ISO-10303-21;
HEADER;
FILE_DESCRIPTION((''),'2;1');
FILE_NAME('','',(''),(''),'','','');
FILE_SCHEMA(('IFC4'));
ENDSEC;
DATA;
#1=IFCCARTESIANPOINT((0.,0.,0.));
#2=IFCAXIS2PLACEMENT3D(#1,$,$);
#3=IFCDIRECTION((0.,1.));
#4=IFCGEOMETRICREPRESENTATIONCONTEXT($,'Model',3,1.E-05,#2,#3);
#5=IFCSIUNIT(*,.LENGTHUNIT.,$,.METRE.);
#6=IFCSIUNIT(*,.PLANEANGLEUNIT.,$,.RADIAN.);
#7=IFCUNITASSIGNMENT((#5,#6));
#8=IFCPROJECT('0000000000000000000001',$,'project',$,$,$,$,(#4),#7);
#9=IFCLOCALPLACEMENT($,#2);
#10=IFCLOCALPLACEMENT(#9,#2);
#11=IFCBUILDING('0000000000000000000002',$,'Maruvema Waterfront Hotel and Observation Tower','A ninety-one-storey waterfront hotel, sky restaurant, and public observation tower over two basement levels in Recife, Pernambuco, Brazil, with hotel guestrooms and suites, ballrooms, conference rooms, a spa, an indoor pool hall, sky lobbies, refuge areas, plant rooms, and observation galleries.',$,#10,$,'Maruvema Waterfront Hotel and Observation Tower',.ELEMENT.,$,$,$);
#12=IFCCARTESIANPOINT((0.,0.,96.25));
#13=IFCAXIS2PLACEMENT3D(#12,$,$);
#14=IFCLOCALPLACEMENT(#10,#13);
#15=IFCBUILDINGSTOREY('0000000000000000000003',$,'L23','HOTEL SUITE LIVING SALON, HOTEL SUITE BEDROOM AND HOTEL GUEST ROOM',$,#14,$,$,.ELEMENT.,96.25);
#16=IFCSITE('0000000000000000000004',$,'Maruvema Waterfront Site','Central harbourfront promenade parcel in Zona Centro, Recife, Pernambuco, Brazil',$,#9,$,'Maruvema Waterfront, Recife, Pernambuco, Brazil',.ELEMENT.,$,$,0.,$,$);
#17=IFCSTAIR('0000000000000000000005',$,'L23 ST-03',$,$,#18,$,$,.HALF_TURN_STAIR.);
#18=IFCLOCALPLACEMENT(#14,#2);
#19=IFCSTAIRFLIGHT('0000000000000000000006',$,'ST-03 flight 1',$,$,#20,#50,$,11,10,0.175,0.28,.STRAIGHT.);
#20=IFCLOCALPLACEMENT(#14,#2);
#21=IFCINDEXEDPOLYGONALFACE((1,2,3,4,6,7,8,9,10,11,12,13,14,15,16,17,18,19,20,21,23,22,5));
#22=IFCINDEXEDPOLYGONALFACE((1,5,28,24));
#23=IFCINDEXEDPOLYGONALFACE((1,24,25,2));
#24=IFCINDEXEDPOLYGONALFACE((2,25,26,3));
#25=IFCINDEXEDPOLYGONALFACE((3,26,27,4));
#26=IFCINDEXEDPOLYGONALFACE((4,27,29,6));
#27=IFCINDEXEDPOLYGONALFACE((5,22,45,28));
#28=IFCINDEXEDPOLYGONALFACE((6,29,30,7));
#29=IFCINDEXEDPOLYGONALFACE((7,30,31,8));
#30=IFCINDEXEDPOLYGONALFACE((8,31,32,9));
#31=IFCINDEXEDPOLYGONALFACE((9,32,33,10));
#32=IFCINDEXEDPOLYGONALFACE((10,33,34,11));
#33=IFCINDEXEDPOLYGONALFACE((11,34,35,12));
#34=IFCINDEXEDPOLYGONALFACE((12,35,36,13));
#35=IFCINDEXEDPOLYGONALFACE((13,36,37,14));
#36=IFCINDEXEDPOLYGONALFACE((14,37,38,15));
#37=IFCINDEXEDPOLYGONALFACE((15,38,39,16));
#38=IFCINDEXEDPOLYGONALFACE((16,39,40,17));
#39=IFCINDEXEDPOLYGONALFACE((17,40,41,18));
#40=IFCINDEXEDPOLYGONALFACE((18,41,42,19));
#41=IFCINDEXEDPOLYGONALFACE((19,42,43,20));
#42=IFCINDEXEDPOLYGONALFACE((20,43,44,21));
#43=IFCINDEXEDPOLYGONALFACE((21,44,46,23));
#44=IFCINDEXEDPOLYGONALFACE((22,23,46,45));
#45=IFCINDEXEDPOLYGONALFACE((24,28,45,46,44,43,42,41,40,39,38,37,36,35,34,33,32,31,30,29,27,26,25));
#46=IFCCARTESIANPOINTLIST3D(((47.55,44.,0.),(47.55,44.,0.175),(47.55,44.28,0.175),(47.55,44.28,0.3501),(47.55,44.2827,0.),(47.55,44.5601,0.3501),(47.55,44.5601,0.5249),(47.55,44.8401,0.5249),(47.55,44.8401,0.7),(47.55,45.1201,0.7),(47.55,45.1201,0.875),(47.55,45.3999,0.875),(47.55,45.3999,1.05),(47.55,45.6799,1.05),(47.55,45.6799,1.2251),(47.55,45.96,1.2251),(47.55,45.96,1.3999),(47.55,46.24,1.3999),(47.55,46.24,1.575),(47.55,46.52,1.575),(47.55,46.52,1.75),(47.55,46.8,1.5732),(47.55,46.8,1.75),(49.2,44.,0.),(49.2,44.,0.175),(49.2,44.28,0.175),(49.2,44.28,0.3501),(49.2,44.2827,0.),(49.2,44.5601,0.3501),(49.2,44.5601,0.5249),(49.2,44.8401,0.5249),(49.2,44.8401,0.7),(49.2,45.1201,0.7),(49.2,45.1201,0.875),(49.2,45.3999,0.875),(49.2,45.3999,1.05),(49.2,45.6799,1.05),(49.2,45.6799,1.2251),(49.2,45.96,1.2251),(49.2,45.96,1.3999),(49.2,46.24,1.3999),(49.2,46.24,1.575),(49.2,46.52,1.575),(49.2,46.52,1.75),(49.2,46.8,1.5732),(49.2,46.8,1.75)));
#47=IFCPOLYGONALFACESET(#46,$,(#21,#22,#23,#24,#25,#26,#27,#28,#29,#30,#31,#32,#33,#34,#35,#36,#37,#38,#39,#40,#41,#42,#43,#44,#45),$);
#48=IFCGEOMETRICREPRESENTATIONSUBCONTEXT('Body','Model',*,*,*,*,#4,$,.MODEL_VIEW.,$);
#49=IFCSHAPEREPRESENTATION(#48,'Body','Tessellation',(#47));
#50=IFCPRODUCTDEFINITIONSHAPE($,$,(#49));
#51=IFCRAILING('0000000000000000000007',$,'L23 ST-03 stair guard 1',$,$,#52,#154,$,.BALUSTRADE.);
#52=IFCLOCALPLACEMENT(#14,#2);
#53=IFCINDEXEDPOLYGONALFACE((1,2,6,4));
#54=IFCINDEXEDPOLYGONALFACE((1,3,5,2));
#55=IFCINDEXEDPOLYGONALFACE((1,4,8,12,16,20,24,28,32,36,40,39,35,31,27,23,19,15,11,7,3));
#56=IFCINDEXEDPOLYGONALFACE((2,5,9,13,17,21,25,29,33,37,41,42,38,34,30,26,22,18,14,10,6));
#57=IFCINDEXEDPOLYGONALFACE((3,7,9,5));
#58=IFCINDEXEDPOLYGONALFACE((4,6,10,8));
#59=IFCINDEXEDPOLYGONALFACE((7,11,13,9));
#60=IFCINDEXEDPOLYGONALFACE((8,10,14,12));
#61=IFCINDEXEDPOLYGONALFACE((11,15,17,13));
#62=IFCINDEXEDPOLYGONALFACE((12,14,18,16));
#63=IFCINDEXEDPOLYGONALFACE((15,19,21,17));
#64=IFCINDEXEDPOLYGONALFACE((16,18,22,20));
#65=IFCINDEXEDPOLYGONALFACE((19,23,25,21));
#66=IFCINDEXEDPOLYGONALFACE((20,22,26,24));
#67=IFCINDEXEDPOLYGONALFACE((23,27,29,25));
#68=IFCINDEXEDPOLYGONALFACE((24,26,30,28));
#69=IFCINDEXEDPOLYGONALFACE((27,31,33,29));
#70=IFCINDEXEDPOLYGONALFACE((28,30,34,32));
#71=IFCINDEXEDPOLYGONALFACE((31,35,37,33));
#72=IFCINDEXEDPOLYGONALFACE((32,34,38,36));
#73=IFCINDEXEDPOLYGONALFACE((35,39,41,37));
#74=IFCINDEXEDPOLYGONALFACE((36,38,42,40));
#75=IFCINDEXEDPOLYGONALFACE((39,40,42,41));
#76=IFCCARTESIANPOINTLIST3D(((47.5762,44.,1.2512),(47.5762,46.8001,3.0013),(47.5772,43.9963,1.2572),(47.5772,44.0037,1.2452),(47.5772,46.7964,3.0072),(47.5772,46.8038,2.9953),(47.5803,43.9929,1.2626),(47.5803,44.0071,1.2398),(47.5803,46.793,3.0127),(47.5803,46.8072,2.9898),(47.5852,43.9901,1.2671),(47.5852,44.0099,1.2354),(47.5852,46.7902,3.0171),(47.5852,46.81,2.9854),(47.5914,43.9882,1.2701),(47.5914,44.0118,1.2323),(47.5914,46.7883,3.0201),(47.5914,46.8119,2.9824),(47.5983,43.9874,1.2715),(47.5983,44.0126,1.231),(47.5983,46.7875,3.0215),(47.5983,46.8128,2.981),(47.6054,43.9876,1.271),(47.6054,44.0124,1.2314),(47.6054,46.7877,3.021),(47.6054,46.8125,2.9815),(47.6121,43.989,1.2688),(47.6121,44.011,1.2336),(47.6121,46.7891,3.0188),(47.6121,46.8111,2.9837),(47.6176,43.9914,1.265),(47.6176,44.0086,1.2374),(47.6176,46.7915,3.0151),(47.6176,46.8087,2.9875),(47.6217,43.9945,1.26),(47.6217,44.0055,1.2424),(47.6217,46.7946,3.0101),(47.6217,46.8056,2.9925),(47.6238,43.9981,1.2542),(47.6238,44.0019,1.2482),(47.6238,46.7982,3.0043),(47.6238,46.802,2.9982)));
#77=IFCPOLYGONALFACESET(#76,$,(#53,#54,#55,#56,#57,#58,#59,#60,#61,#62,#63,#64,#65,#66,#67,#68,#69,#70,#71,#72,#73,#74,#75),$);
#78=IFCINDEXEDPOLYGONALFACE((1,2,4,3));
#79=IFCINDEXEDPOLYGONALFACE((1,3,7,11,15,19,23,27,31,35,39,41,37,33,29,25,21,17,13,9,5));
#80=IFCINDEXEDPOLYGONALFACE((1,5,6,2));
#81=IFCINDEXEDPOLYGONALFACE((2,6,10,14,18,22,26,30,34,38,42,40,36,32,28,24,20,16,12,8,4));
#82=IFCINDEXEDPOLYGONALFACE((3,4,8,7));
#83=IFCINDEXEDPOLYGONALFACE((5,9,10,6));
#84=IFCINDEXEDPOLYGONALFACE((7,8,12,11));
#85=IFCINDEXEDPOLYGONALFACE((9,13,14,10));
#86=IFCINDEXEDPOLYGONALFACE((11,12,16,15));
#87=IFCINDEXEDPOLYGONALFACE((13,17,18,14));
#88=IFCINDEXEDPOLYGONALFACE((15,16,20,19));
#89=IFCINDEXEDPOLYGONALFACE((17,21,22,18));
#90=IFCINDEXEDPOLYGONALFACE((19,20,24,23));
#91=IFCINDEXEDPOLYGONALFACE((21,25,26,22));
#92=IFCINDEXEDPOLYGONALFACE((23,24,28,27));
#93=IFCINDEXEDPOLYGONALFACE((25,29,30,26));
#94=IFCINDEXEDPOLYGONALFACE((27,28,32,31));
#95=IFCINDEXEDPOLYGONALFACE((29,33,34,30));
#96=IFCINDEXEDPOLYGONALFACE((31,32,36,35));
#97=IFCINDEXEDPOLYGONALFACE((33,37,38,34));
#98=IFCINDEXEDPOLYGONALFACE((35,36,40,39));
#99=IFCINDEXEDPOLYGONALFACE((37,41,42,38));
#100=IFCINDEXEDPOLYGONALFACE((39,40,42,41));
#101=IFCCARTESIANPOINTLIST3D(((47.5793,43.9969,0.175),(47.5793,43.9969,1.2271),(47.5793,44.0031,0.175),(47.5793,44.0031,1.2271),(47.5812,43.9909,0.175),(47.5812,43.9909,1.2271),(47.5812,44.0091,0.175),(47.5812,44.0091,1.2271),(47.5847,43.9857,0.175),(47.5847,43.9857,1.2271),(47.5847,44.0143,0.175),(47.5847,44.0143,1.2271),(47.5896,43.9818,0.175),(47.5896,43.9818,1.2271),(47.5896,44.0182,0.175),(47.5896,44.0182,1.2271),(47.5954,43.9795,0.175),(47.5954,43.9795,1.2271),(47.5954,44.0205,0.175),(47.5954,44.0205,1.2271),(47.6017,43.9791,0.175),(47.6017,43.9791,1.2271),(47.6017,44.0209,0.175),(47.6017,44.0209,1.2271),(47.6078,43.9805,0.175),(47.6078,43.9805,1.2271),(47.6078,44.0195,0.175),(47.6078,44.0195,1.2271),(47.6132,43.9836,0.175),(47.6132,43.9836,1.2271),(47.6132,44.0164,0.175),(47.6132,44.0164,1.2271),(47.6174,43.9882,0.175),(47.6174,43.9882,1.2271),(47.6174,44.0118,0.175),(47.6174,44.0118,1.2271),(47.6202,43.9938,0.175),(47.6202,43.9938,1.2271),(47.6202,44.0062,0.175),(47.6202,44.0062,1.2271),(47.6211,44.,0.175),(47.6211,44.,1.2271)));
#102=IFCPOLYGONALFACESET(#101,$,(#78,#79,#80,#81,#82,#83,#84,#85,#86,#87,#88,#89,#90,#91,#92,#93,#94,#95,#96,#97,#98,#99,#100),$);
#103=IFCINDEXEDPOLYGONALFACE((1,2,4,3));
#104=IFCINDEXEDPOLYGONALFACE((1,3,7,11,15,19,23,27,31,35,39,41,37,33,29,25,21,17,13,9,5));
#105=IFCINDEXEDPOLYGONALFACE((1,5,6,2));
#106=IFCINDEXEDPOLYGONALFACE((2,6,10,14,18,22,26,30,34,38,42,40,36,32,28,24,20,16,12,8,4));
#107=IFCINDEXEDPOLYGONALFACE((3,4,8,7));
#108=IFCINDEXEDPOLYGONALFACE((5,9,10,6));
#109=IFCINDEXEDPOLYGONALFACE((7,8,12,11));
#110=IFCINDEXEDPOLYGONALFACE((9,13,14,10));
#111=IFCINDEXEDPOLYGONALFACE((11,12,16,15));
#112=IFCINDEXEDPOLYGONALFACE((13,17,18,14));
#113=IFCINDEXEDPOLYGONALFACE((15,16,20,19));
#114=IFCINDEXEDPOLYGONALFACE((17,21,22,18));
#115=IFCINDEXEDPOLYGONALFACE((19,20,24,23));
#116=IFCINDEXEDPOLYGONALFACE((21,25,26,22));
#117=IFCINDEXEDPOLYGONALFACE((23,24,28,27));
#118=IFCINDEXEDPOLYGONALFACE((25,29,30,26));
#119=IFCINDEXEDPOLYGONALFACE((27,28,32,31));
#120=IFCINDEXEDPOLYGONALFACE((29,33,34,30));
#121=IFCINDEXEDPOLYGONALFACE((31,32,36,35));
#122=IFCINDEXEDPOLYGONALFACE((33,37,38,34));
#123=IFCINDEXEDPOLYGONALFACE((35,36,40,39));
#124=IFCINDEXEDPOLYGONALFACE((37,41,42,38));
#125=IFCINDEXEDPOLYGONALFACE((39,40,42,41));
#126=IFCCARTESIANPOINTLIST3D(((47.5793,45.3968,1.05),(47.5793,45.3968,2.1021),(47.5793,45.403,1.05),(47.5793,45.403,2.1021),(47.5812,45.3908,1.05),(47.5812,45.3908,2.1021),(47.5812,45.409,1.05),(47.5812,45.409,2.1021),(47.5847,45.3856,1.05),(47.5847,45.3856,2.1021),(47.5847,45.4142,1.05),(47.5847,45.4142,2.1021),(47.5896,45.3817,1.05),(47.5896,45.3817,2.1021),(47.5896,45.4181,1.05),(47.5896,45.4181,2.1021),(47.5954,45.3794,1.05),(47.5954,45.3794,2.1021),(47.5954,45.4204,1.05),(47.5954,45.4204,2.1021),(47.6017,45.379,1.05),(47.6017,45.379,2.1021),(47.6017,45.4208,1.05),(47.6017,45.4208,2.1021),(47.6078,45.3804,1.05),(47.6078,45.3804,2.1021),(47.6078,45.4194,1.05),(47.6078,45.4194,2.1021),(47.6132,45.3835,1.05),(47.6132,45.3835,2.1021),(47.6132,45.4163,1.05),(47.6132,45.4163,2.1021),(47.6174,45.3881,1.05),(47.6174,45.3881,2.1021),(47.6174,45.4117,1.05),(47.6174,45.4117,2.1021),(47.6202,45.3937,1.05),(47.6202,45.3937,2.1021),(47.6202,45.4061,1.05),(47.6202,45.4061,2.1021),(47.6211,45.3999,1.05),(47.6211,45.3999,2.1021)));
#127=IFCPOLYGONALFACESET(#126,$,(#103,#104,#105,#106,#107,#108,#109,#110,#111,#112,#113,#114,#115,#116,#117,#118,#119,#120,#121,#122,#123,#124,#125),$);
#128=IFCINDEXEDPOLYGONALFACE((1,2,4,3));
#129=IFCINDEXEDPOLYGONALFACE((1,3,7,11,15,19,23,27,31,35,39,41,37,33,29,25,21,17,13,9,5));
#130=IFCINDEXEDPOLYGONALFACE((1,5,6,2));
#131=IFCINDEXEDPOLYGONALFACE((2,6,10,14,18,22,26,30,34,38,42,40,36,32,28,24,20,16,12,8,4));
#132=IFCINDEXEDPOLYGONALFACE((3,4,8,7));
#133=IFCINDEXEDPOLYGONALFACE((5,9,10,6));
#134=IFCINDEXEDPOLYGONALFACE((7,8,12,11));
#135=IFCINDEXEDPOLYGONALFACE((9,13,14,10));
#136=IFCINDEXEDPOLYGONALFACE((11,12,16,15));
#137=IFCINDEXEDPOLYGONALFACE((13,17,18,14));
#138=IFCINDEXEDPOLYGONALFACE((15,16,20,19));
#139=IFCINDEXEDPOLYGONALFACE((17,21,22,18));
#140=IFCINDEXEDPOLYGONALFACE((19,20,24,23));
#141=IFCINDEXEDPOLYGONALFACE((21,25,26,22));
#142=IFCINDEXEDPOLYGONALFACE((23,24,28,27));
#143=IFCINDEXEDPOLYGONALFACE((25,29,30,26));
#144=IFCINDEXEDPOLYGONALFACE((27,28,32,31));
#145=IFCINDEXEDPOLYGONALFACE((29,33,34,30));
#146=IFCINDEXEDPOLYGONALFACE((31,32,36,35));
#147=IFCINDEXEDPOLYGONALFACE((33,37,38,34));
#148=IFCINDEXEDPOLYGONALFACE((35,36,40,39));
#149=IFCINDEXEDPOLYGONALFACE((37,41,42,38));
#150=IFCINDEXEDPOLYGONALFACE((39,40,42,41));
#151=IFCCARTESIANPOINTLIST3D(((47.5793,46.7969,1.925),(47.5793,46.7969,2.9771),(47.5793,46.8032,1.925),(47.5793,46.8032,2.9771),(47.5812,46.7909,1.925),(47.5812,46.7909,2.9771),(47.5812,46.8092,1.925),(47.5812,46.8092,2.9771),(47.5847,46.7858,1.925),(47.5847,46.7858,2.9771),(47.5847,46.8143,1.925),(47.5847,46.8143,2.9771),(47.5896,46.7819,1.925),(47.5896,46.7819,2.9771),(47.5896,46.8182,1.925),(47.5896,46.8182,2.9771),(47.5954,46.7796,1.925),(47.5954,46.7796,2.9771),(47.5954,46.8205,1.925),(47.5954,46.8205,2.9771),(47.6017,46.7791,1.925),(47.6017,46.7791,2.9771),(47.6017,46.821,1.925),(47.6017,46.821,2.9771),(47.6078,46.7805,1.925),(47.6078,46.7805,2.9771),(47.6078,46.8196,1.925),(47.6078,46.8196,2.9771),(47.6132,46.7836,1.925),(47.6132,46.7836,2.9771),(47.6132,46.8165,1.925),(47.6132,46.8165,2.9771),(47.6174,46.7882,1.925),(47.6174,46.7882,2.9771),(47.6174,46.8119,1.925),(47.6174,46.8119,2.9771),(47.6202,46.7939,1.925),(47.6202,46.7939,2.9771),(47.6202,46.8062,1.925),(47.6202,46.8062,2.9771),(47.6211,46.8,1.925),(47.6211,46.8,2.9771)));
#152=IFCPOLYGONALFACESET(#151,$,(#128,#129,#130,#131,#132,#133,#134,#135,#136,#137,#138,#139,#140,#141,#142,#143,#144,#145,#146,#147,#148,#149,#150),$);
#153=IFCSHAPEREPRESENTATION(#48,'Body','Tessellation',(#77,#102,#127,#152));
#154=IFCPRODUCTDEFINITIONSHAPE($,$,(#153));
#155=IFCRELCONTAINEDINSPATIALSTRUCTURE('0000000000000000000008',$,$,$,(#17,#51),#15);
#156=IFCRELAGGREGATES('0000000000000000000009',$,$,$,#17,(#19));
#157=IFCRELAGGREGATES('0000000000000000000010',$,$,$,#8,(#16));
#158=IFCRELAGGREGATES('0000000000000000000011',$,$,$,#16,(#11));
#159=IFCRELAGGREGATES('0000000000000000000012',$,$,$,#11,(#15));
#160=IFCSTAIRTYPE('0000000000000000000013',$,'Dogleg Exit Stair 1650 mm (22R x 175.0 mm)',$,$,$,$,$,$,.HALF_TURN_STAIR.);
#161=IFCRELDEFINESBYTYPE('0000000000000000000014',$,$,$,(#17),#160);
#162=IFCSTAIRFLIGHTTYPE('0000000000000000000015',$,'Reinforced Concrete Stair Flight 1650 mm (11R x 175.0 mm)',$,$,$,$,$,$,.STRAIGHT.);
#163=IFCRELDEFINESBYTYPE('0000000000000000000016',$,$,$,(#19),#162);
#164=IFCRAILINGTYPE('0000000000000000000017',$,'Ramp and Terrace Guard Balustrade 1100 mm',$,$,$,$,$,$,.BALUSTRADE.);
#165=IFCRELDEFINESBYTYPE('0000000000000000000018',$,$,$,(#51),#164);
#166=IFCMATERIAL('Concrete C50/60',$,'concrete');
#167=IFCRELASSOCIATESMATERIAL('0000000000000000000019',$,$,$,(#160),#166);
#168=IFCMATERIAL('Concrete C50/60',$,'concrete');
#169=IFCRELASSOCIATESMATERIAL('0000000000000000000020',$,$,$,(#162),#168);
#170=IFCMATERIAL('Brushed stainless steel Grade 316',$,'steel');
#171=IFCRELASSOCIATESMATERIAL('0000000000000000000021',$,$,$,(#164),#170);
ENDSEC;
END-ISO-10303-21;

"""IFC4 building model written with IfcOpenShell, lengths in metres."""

from ifc_helpers import new_model, si_unit, direction, frame, origin, origin_2d, place, context, subcontext, project, spatial, polyline, circle, outline, extrude, material, type_object, element, aggregate, save


model = new_model("IFC4")

# Units and contexts
model_context = context("Model", 3, precision=1e-05, world=origin(), true_north=direction((0.0, 1.0)))
body_context = subcontext(model_context, "Body", "Model", "MODEL_VIEW")
ifc_project = project(units=[si_unit("LENGTHUNIT", "METRE"), si_unit("PLANEANGLEUNIT", "RADIAN")], contexts=[model_context])

# Site, building, storey
site_placement = place(None, origin())
site = spatial("IfcSite", under=ifc_project, at=site_placement, Name="Maruvema Waterfront Site", Description="Central harbourfront promenade parcel in Zona Centro, Recife, Pernambuco, Brazil", LongName="Maruvema Waterfront, Recife, Pernambuco, Brazil", CompositionType="ELEMENT", RefElevation=0.0)
building_placement = place(site_placement, origin())
building = spatial("IfcBuilding", under=site, at=building_placement, Name="Maruvema Waterfront Hotel and Observation Tower", Description="A ninety-one-storey waterfront hotel, sky restaurant, and public observation tower over two basement levels in Recife, Pernambuco, Brazil, with hotel guestrooms and suites, ballrooms, conference rooms, a spa, an indoor pool hall, sky lobbies, refuge areas, plant rooms, and observation galleries.", LongName="Maruvema Waterfront Hotel and Observation Tower", CompositionType="ELEMENT")
storey_placement = place(building_placement, frame((0.0, 0.0, 96.25)))
storey = spatial("IfcBuildingStorey", under=building, at=storey_placement, Name="L23", Description="HOTEL SUITE LIVING SALON, HOTEL SUITE BEDROOM AND HOTEL GUEST ROOM", CompositionType="ELEMENT", Elevation=96.25)

# Stair, stair flight
ifc_material_1 = material(Name="Concrete C50/60", Category="concrete")
stair_type = type_object("IfcStairType", Name="Dogleg Exit Stair 1650 mm (22R x 175.0 mm)", PredefinedType="HALF_TURN_STAIR", material=ifc_material_1)
stair_placement = place(storey_placement, origin())
stair = element("IfcStair", 1, at=stair_placement, inside=storey, type_object=stair_type, Name="L23 ST-03", PredefinedType="HALF_TURN_STAIR")
ifc_material_2 = material(Name="Concrete C50/60", Category="concrete")
stair_flight_type = type_object("IfcStairFlightType", Name="Reinforced Concrete Stair Flight 1650 mm (11R x 175.0 mm)", PredefinedType="STRAIGHT", material=ifc_material_2)
stair_flight_placement = place(storey_placement, frame((48.375, 44.0, 0.0), z_axis=(0.0, 0.0, 1.0), x_axis=(0.0, 1.0, 0.0)))
stair_flight = element("IfcStairFlight", 2, at=stair_flight_placement, type_object=stair_flight_type, Name="ST-03 flight 1", NumberOfRisers=11, NumberOfTreads=10, PredefinedType="STRAIGHT", RiserHeight=0.175, TreadLength=0.28, context=body_context, shape_type="SweptSolid", body=[
    extrude(outline(polyline([(0.0, 0.0), (0.0, 0.175), (0.28, 0.175), (0.28, 0.3501), (0.5601, 0.3501), (0.5601, 0.5249), (0.8401, 0.5249), (0.8401, 0.7), (1.1201, 0.7), (1.1201, 0.875), (1.3999, 0.875), (1.3999, 1.05), (1.6799, 1.05), (1.6799, 1.2251), (1.96, 1.2251), (1.96, 1.3999), (2.24, 1.3999), (2.24, 1.575), (2.52, 1.575), (2.52, 1.75), (2.8, 1.75), (2.8, 1.925), (2.8, 1.5732), (0.2827, 0.0), (0.0, 0.0)])), frame((0.0, 0.825, 0.0), z_axis=(0.0, -1.0, 0.0), x_axis=(1.0, 0.0, 0.0)), (0.0, 0.0, 1.0), 1.6499),
])
aggregate(stair, [stair_flight])

# Railing
ifc_material_3 = material(Name="Brushed stainless steel Grade 316", Category="steel")
railing_type = type_object("IfcRailingType", Name="Ramp and Terrace Guard Balustrade 1100 mm", PredefinedType="BALUSTRADE", material=ifc_material_3)
railing_1_placement = place(storey_placement, frame((47.6001, 44.0, 0.175)))
element("IfcRailing", 3, at=railing_1_placement, inside=storey, type_object=railing_type, Name="L23 ST-03 stair guard 1", PredefinedType="BALUSTRADE", context=body_context, shape_type="SweptSolid", body=[
    extrude(circle(Radius=0.0239, at=origin_2d()), frame((0.0, 0.0, 1.0762), z_axis=(0.0, 0.848002, 0.529992), x_axis=(-1.0, 0.0, 0.0)), (0.0, 0.0, 1.0), 3.302),
    extrude(circle(Radius=0.021, at=origin_2d()), origin(), (0.0, 0.0, 1.0), 1.052),
    extrude(circle(Radius=0.021, at=origin_2d()), frame((0.0, 1.3999, 0.875)), (0.0, 0.0, 1.0), 1.052),
    extrude(circle(Radius=0.021, at=origin_2d()), frame((0.0, 2.8, 1.75)), (0.0, 0.0, 1.0), 1.052),
])

save(model, "model.ifc")
